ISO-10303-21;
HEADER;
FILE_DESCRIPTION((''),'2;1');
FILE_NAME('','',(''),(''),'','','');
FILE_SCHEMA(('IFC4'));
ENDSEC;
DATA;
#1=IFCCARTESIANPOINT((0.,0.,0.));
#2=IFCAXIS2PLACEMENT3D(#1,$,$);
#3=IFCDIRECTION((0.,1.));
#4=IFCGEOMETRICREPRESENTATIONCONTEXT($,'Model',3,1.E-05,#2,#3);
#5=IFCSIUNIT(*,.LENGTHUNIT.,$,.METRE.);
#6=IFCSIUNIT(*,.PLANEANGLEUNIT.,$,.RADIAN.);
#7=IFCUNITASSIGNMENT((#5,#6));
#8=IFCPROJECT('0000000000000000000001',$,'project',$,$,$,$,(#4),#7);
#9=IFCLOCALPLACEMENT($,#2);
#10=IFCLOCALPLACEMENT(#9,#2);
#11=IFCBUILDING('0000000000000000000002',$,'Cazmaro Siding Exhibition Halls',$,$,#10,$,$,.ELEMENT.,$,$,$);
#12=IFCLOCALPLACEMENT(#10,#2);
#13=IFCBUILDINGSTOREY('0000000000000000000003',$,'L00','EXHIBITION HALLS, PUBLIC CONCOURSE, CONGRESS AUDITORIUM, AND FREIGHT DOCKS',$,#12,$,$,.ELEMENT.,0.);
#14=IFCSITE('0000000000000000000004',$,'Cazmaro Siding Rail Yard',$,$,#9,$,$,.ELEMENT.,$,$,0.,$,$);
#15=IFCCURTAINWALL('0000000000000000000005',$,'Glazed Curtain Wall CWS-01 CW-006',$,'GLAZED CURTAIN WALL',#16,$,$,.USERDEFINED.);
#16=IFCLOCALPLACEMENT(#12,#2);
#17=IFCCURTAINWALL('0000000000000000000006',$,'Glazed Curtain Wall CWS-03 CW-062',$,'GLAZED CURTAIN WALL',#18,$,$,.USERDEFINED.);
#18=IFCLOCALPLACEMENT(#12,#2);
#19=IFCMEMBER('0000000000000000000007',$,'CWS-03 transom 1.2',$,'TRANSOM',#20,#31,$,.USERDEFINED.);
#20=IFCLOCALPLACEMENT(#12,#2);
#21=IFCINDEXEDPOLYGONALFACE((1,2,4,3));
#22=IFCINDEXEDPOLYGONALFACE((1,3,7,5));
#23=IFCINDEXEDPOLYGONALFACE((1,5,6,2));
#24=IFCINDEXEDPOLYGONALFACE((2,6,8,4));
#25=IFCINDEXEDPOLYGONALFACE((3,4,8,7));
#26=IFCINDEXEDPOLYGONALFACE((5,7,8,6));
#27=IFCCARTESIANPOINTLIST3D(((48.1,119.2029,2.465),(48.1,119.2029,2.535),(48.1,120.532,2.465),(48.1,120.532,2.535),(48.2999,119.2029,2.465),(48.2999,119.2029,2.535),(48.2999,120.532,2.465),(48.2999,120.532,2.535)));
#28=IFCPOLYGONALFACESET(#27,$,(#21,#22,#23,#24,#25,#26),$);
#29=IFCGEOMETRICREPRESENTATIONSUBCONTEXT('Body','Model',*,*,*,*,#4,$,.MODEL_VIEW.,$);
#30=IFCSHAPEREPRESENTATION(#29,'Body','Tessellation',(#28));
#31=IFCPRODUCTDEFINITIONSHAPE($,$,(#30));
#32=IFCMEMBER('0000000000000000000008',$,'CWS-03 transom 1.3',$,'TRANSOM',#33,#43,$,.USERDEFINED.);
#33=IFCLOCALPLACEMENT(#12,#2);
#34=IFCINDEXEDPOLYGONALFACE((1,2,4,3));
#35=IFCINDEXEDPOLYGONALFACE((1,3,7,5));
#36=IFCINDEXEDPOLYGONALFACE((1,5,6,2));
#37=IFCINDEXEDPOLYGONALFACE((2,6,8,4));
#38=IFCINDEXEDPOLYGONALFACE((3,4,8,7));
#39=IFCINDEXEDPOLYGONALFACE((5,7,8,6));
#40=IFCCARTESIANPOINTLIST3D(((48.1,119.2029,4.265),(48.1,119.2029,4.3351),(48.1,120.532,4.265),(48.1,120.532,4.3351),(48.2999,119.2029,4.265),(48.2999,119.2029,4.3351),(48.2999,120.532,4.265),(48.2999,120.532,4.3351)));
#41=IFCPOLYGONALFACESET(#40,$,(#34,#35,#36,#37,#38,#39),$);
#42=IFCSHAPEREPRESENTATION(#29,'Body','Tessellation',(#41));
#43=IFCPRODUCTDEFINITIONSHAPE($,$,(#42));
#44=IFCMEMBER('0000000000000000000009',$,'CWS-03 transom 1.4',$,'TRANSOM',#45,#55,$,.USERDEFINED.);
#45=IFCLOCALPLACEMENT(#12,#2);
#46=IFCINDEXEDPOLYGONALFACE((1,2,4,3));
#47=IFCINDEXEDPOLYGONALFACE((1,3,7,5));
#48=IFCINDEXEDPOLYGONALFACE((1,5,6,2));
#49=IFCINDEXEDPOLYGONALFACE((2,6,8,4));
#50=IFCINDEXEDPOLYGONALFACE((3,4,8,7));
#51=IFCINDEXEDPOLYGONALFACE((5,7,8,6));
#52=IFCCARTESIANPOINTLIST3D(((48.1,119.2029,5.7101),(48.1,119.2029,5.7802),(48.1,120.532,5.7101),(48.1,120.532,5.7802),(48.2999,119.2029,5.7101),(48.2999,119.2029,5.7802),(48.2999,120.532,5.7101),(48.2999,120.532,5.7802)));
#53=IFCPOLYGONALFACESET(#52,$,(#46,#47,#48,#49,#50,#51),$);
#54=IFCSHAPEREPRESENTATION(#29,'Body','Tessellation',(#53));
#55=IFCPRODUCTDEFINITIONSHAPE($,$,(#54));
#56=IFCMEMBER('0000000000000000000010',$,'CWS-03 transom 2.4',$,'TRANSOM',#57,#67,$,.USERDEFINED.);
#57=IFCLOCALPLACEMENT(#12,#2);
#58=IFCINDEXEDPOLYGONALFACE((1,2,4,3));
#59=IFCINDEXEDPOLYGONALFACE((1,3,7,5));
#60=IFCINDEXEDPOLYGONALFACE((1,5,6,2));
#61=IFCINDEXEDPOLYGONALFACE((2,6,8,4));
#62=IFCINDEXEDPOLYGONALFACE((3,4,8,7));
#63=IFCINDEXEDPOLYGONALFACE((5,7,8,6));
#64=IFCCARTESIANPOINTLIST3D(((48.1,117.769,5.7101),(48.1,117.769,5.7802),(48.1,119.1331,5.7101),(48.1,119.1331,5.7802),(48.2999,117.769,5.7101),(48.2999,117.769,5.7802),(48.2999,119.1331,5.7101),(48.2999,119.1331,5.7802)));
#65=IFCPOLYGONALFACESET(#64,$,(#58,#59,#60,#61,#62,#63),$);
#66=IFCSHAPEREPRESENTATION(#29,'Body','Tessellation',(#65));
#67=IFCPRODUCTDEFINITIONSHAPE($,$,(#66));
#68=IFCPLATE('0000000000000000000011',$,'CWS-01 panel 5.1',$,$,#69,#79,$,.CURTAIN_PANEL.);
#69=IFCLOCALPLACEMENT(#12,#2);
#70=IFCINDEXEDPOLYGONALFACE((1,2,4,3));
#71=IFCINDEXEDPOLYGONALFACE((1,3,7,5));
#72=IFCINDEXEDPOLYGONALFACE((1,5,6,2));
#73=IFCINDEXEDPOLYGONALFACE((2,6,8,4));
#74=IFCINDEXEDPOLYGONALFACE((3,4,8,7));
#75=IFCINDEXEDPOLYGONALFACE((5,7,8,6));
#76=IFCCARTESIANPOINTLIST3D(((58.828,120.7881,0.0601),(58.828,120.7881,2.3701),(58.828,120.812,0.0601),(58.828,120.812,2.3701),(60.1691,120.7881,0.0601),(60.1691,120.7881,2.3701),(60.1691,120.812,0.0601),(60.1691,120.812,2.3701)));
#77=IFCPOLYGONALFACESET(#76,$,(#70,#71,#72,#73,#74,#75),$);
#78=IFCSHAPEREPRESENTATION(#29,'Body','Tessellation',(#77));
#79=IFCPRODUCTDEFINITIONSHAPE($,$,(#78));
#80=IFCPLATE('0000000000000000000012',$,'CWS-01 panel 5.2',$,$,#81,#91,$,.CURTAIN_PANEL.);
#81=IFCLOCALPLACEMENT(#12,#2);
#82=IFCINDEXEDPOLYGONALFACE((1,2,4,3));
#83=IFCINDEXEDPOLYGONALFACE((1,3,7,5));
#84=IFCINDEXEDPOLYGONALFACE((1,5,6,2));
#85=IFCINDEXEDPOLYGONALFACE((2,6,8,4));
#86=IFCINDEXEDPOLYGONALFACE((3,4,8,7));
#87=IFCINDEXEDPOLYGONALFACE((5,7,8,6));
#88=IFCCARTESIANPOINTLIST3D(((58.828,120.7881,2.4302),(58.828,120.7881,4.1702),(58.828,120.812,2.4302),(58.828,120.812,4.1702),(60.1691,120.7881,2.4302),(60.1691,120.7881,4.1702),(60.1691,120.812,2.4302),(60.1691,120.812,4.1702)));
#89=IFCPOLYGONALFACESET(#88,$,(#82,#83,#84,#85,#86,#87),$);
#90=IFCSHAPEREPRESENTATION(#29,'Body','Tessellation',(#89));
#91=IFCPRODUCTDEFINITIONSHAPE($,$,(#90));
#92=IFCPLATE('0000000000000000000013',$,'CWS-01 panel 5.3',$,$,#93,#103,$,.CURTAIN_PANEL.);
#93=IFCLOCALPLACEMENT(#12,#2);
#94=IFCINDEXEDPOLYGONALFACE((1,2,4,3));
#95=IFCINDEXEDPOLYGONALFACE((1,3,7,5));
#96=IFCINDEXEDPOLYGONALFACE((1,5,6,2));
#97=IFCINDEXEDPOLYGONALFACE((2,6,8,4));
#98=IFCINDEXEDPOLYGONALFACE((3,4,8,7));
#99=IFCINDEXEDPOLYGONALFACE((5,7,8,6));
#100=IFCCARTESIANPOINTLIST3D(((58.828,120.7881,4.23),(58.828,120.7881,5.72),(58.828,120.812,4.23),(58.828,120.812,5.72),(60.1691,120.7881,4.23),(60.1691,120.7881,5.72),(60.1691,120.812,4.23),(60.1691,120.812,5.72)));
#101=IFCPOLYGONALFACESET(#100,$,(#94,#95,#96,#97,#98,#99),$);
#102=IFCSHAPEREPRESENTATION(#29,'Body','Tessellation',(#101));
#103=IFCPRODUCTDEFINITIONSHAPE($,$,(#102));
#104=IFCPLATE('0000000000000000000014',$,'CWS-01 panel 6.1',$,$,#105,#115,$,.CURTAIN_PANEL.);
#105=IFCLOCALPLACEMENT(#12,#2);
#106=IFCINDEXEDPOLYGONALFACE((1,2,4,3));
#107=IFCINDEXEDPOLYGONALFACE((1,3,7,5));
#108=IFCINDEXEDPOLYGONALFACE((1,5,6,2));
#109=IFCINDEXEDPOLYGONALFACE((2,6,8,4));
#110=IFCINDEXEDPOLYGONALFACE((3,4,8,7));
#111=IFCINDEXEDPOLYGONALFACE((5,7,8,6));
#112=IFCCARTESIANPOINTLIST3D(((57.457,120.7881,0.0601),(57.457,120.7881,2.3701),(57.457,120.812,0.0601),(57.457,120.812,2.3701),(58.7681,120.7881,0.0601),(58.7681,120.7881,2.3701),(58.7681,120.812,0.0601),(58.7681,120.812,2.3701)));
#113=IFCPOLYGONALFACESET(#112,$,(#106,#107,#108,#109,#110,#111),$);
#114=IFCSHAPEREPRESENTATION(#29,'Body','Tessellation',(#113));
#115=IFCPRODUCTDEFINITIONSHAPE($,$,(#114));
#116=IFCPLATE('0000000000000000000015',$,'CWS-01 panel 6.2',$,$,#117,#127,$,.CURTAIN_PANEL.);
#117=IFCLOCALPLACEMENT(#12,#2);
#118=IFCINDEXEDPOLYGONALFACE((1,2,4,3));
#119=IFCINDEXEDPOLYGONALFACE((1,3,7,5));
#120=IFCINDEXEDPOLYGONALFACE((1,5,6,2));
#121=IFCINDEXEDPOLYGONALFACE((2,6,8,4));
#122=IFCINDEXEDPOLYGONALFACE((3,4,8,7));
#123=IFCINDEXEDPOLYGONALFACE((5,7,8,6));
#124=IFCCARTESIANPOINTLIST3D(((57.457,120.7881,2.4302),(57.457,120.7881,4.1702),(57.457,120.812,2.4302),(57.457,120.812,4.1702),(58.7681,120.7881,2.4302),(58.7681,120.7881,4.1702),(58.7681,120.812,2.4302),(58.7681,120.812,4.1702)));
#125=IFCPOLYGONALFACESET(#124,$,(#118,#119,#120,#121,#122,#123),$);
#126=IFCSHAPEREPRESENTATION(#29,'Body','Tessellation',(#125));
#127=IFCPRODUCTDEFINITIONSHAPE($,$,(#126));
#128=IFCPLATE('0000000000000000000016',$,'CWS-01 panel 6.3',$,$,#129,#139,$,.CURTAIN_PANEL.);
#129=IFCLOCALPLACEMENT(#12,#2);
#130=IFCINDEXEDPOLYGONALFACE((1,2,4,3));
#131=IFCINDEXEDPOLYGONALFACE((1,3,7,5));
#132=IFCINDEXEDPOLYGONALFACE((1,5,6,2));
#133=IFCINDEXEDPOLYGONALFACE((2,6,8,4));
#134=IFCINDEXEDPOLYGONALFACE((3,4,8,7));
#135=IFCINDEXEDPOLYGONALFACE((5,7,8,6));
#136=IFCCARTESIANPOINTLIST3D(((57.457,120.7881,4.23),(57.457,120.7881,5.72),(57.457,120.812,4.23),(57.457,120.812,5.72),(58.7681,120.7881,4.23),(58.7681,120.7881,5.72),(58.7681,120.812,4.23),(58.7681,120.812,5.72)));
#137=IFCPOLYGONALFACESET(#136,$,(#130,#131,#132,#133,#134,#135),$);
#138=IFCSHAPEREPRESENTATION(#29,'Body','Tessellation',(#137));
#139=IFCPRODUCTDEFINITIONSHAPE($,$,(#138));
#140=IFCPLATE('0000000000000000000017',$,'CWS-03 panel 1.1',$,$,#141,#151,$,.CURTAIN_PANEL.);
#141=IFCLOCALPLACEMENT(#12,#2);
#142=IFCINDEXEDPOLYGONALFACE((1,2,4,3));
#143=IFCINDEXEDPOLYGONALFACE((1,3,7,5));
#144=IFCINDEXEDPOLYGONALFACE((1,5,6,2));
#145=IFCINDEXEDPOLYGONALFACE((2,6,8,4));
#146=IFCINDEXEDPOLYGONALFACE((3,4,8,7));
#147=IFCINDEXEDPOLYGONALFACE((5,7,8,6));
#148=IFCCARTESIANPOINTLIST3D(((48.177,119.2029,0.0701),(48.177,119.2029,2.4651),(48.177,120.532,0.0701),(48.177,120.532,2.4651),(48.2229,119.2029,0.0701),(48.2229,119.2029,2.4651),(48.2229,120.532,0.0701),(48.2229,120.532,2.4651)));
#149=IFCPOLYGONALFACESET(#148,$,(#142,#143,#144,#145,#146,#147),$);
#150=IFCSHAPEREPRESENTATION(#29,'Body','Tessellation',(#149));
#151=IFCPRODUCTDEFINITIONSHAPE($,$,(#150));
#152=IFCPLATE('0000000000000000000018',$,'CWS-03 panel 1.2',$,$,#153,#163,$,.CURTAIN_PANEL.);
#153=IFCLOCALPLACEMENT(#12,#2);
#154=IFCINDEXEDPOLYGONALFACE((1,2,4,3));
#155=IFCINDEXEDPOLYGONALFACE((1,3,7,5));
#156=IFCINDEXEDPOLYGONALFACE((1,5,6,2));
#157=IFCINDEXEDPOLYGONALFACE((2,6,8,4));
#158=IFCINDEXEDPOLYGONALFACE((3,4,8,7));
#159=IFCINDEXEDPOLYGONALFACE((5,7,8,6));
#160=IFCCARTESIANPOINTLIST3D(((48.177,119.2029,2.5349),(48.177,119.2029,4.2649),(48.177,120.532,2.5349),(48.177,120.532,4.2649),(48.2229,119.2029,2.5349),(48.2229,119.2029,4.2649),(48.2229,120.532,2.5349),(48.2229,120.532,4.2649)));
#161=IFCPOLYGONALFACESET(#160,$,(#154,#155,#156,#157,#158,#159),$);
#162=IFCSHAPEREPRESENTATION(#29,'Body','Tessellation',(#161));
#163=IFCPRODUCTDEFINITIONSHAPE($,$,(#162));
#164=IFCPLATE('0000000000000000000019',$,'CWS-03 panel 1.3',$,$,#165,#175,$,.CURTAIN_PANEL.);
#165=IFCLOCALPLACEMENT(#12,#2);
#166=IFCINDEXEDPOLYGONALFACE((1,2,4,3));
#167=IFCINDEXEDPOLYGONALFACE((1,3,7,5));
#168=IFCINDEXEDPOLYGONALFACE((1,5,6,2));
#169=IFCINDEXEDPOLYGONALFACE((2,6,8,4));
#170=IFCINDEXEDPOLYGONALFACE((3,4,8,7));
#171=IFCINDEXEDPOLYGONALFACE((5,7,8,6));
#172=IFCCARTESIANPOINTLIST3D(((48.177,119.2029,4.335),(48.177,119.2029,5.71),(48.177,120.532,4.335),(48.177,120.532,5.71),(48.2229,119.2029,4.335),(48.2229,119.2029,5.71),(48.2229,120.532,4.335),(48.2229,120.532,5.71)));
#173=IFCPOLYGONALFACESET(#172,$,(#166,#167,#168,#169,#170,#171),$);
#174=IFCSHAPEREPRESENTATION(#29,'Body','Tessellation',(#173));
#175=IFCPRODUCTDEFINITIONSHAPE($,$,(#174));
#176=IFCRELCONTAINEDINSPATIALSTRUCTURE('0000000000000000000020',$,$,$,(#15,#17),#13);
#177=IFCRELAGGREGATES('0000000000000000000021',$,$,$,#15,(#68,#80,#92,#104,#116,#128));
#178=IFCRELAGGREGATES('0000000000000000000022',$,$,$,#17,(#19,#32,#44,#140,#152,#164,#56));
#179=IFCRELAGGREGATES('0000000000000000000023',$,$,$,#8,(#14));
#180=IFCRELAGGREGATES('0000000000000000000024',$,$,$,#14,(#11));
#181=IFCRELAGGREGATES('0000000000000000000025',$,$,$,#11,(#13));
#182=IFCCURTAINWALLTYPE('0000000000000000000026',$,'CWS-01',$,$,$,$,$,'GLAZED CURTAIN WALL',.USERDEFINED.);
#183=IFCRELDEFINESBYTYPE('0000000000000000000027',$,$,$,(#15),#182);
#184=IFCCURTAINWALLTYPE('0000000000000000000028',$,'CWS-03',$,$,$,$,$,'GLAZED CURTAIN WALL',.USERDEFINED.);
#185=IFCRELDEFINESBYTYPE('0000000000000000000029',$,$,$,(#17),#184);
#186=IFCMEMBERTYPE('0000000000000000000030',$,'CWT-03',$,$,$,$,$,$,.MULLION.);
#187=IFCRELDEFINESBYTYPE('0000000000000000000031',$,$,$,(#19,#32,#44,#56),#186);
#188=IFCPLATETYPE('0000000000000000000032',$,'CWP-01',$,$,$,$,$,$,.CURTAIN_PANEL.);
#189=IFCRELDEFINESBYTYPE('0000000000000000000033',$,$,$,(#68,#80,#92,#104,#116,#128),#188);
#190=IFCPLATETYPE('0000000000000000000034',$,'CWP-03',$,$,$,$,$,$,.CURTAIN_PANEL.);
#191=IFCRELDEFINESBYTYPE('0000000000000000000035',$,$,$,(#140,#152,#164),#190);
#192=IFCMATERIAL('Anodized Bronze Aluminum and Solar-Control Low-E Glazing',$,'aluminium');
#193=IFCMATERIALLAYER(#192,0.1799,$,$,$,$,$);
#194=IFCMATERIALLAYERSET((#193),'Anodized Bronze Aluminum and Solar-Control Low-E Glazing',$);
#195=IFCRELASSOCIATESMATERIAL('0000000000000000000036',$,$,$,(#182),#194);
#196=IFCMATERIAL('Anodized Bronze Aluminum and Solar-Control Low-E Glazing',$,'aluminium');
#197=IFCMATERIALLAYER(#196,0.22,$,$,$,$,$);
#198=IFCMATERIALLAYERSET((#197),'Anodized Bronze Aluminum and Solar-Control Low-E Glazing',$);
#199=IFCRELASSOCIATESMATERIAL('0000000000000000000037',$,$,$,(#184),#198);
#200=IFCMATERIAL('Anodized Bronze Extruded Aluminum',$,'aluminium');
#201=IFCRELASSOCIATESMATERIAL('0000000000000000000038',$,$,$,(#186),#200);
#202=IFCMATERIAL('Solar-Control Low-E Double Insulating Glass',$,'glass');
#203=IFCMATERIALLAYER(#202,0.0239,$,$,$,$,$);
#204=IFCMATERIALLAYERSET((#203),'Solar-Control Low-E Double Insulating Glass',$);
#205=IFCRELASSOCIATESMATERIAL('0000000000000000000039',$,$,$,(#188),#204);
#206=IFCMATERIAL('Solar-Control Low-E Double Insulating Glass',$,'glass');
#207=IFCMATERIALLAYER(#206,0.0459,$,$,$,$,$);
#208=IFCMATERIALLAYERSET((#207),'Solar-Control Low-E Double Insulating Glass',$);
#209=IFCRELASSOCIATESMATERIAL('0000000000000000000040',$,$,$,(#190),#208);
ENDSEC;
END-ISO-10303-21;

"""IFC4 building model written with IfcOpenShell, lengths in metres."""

from ifc_helpers import new_model, si_unit, direction, frame, origin, origin_2d, place, context, subcontext, project, spatial, rectangle, extrude, material, layer, layer_set, material_profile, profile_set, type_object, element, aggregate, save


model = new_model("IFC4")

# Units and contexts
model_context = context("Model", 3, precision=1e-05, world=origin(), true_north=direction((0.0, 1.0)))
body_context = subcontext(model_context, "Body", "Model", "MODEL_VIEW")
ifc_project = project(units=[si_unit("LENGTHUNIT", "METRE"), si_unit("PLANEANGLEUNIT", "RADIAN")], contexts=[model_context])

# Site, building, storey
site_placement = place(None, origin())
site = spatial("IfcSite", under=ifc_project, at=site_placement, Name="Cazmaro Siding Rail Yard", CompositionType="ELEMENT", RefElevation=0.0)
building_placement = place(site_placement, origin())
building = spatial("IfcBuilding", under=site, at=building_placement, Name="Cazmaro Siding Exhibition Halls", CompositionType="ELEMENT")
storey_placement = place(building_placement, origin())
storey = spatial("IfcBuildingStorey", under=building, at=storey_placement, Name="L00", Description="EXHIBITION HALLS, PUBLIC CONCOURSE, CONGRESS AUDITORIUM, AND FREIGHT DOCKS", CompositionType="ELEMENT", Elevation=0.0)

# Curtain walls
ifc_material_1 = material(Name="Anodized Bronze Aluminum and Solar-Control Low-E Glazing", Category="aluminium")
ifc_layer_1 = layer(ifc_material_1, 0.1799)
ifc_layer_set_1 = layer_set([ifc_layer_1], Name="Anodized Bronze Aluminum and Solar-Control Low-E Glazing")
curtain_wall_type_1 = type_object("IfcCurtainWallType", Name="CWS-01", ElementType="GLAZED CURTAIN WALL", PredefinedType="USERDEFINED", material=ifc_layer_set_1)
curtain_wall_1_placement = place(storey_placement, origin())
curtain_wall_1 = element("IfcCurtainWall", 1, at=curtain_wall_1_placement, inside=storey, type_object=curtain_wall_type_1, Name="Glazed Curtain Wall CWS-01 CW-006", ObjectType="GLAZED CURTAIN WALL", PredefinedType="USERDEFINED")
ifc_material_2 = material(Name="Anodized Bronze Aluminum and Solar-Control Low-E Glazing", Category="aluminium")
ifc_layer_2 = layer(ifc_material_2, 0.22)
ifc_layer_set_2 = layer_set([ifc_layer_2], Name="Anodized Bronze Aluminum and Solar-Control Low-E Glazing")
curtain_wall_type_2 = type_object("IfcCurtainWallType", Name="CWS-03", ElementType="GLAZED CURTAIN WALL", PredefinedType="USERDEFINED", material=ifc_layer_set_2)
curtain_wall_2_placement = place(storey_placement, origin())
curtain_wall_2 = element("IfcCurtainWall", 2, at=curtain_wall_2_placement, inside=storey, type_object=curtain_wall_type_2, Name="Glazed Curtain Wall CWS-03 CW-062", ObjectType="GLAZED CURTAIN WALL", PredefinedType="USERDEFINED")

# Members
ifc_material_3 = material(Name="Anodized Bronze Extruded Aluminum", Category="aluminium")
ifc_material_profile_1 = material_profile(ifc_material_3, rectangle(XDim=0.2, YDim=0.0701, at=origin_2d()), Name="CWT-03")
ifc_profile_set_1 = profile_set([ifc_material_profile_1], Name="Anodized Bronze Extruded Aluminum")
member_type_1 = type_object("IfcMemberType", Name="CWT-03", PredefinedType="MULLION", material=ifc_profile_set_1)
member_1_placement = place(storey_placement, frame((48.2, 120.532, 2.5), z_axis=(0.0, -1.0, 0.0), x_axis=(1.0, 0.0, 0.0)))
member_1 = element("IfcMember", 3, at=member_1_placement, type_object=member_type_1, Name="CWS-03 transom 1.2", ObjectType="TRANSOM", PredefinedType="USERDEFINED", context=body_context, shape_type="SweptSolid", body=[
    extrude(rectangle(XDim=0.2, YDim=0.0701, at=origin_2d()), origin(), (0.0, 0.0, 1.0), 1.3291),
])
member_2_placement = place(storey_placement, frame((48.2, 120.532, 4.3), z_axis=(0.0, -1.0, 0.0), x_axis=(1.0, 0.0, 0.0)))
member_2 = element("IfcMember", 4, at=member_2_placement, type_object=member_type_1, Name="CWS-03 transom 1.3", ObjectType="TRANSOM", PredefinedType="USERDEFINED", context=body_context, shape_type="SweptSolid", body=[
    extrude(rectangle(XDim=0.2, YDim=0.0701, at=origin_2d()), origin(), (0.0, 0.0, 1.0), 1.3291),
])
member_3_placement = place(storey_placement, frame((48.2, 120.532, 5.7451), z_axis=(0.0, -1.0, 0.0), x_axis=(1.0, 0.0, 0.0)))
member_3 = element("IfcMember", 5, at=member_3_placement, type_object=member_type_1, Name="CWS-03 transom 1.4", ObjectType="TRANSOM", PredefinedType="USERDEFINED", context=body_context, shape_type="SweptSolid", body=[
    extrude(rectangle(XDim=0.2, YDim=0.0701, at=origin_2d()), origin(), (0.0, 0.0, 1.0), 1.3291),
])
member_4_placement = place(storey_placement, frame((48.2, 119.1331, 5.7451), z_axis=(0.0, -1.0, 0.0), x_axis=(1.0, 0.0, 0.0)))
member_4 = element("IfcMember", 6, at=member_4_placement, type_object=member_type_1, Name="CWS-03 transom 2.4", ObjectType="TRANSOM", PredefinedType="USERDEFINED", context=body_context, shape_type="SweptSolid", body=[
    extrude(rectangle(XDim=0.2, YDim=0.0701, at=origin_2d()), origin(), (0.0, 0.0, 1.0), 1.364),
])

# Plates
ifc_material_4 = material(Name="Solar-Control Low-E Double Insulating Glass", Category="glass")
ifc_layer_3 = layer(ifc_material_4, 0.0239)
ifc_layer_set_3 = layer_set([ifc_layer_3], Name="Solar-Control Low-E Double Insulating Glass")
plate_type_1 = type_object("IfcPlateType", Name="CWP-01", PredefinedType="CURTAIN_PANEL", material=ifc_layer_set_3)
plate_1_placement = place(storey_placement, frame((59.4985, 120.8, 0.0601), z_axis=(0.0, 0.0, 1.0), x_axis=(-1.0, 0.0, 0.0)))
plate_1 = element("IfcPlate", 7, at=plate_1_placement, type_object=plate_type_1, Name="CWS-01 panel 5.1", PredefinedType="CURTAIN_PANEL", context=body_context, shape_type="SweptSolid", body=[
    extrude(rectangle(XDim=1.3411, YDim=0.0239, at=origin_2d()), origin(), (0.0, 0.0, 1.0), 2.3101),
])
plate_2_placement = place(storey_placement, frame((59.4985, 120.8, 2.4302), z_axis=(0.0, 0.0, 1.0), x_axis=(-1.0, 0.0, 0.0)))
plate_2 = element("IfcPlate", 8, at=plate_2_placement, type_object=plate_type_1, Name="CWS-01 panel 5.2", PredefinedType="CURTAIN_PANEL", context=body_context, shape_type="SweptSolid", body=[
    extrude(rectangle(XDim=1.3411, YDim=0.0239, at=origin_2d()), origin(), (0.0, 0.0, 1.0), 1.74),
])
plate_3_placement = place(storey_placement, frame((59.4985, 120.8, 4.23), z_axis=(0.0, 0.0, 1.0), x_axis=(-1.0, 0.0, 0.0)))
plate_3 = element("IfcPlate", 9, at=plate_3_placement, type_object=plate_type_1, Name="CWS-01 panel 5.3", PredefinedType="CURTAIN_PANEL", context=body_context, shape_type="SweptSolid", body=[
    extrude(rectangle(XDim=1.3411, YDim=0.0239, at=origin_2d()), origin(), (0.0, 0.0, 1.0), 1.49),
])
plate_4_placement = place(storey_placement, frame((58.1125, 120.8, 0.0601), z_axis=(0.0, 0.0, 1.0), x_axis=(-1.0, 0.0, 0.0)))
plate_4 = element("IfcPlate", 10, at=plate_4_placement, type_object=plate_type_1, Name="CWS-01 panel 6.1", PredefinedType="CURTAIN_PANEL", context=body_context, shape_type="SweptSolid", body=[
    extrude(rectangle(XDim=1.311, YDim=0.0239, at=origin_2d()), origin(), (0.0, 0.0, 1.0), 2.3101),
])
plate_5_placement = place(storey_placement, frame((58.1125, 120.8, 2.4302), z_axis=(0.0, 0.0, 1.0), x_axis=(-1.0, 0.0, 0.0)))
plate_5 = element("IfcPlate", 11, at=plate_5_placement, type_object=plate_type_1, Name="CWS-01 panel 6.2", PredefinedType="CURTAIN_PANEL", context=body_context, shape_type="SweptSolid", body=[
    extrude(rectangle(XDim=1.311, YDim=0.0239, at=origin_2d()), origin(), (0.0, 0.0, 1.0), 1.74),
])
plate_6_placement = place(storey_placement, frame((58.1125, 120.8, 4.23), z_axis=(0.0, 0.0, 1.0), x_axis=(-1.0, 0.0, 0.0)))
plate_6 = element("IfcPlate", 12, at=plate_6_placement, type_object=plate_type_1, Name="CWS-01 panel 6.3", PredefinedType="CURTAIN_PANEL", context=body_context, shape_type="SweptSolid", body=[
    extrude(rectangle(XDim=1.311, YDim=0.0239, at=origin_2d()), origin(), (0.0, 0.0, 1.0), 1.49),
])
aggregate(curtain_wall_1, [plate_1, plate_2, plate_3, plate_4, plate_5, plate_6])
ifc_material_5 = material(Name="Solar-Control Low-E Double Insulating Glass", Category="glass")
ifc_layer_4 = layer(ifc_material_5, 0.0459)
ifc_layer_set_4 = layer_set([ifc_layer_4], Name="Solar-Control Low-E Double Insulating Glass")
plate_type_2 = type_object("IfcPlateType", Name="CWP-03", PredefinedType="CURTAIN_PANEL", material=ifc_layer_set_4)
plate_7_placement = place(storey_placement, frame((48.2, 119.8674, 0.0701), z_axis=(0.0, 0.0, 1.0), x_axis=(0.0, -1.0, 0.0)))
plate_7 = element("IfcPlate", 13, at=plate_7_placement, type_object=plate_type_2, Name="CWS-03 panel 1.1", PredefinedType="CURTAIN_PANEL", context=body_context, shape_type="SweptSolid", body=[
    extrude(rectangle(XDim=1.3291, YDim=0.0459, at=origin_2d()), origin(), (0.0, 0.0, 1.0), 2.395),
])
plate_8_placement = place(storey_placement, frame((48.2, 119.8674, 2.5349), z_axis=(0.0, 0.0, 1.0), x_axis=(0.0, -1.0, 0.0)))
plate_8 = element("IfcPlate", 14, at=plate_8_placement, type_object=plate_type_2, Name="CWS-03 panel 1.2", PredefinedType="CURTAIN_PANEL", context=body_context, shape_type="SweptSolid", body=[
    extrude(rectangle(XDim=1.3291, YDim=0.0459, at=origin_2d()), origin(), (0.0, 0.0, 1.0), 1.73),
])
plate_9_placement = place(storey_placement, frame((48.2, 119.8674, 4.335), z_axis=(0.0, 0.0, 1.0), x_axis=(0.0, -1.0, 0.0)))
plate_9 = element("IfcPlate", 15, at=plate_9_placement, type_object=plate_type_2, Name="CWS-03 panel 1.3", PredefinedType="CURTAIN_PANEL", context=body_context, shape_type="SweptSolid", body=[
    extrude(rectangle(XDim=1.3291, YDim=0.0459, at=origin_2d()), origin(), (0.0, 0.0, 1.0), 1.375),
])
aggregate(curtain_wall_2, [member_1, member_2, member_3, plate_7, plate_8, plate_9, member_4])

save(model, "model.ifc")
